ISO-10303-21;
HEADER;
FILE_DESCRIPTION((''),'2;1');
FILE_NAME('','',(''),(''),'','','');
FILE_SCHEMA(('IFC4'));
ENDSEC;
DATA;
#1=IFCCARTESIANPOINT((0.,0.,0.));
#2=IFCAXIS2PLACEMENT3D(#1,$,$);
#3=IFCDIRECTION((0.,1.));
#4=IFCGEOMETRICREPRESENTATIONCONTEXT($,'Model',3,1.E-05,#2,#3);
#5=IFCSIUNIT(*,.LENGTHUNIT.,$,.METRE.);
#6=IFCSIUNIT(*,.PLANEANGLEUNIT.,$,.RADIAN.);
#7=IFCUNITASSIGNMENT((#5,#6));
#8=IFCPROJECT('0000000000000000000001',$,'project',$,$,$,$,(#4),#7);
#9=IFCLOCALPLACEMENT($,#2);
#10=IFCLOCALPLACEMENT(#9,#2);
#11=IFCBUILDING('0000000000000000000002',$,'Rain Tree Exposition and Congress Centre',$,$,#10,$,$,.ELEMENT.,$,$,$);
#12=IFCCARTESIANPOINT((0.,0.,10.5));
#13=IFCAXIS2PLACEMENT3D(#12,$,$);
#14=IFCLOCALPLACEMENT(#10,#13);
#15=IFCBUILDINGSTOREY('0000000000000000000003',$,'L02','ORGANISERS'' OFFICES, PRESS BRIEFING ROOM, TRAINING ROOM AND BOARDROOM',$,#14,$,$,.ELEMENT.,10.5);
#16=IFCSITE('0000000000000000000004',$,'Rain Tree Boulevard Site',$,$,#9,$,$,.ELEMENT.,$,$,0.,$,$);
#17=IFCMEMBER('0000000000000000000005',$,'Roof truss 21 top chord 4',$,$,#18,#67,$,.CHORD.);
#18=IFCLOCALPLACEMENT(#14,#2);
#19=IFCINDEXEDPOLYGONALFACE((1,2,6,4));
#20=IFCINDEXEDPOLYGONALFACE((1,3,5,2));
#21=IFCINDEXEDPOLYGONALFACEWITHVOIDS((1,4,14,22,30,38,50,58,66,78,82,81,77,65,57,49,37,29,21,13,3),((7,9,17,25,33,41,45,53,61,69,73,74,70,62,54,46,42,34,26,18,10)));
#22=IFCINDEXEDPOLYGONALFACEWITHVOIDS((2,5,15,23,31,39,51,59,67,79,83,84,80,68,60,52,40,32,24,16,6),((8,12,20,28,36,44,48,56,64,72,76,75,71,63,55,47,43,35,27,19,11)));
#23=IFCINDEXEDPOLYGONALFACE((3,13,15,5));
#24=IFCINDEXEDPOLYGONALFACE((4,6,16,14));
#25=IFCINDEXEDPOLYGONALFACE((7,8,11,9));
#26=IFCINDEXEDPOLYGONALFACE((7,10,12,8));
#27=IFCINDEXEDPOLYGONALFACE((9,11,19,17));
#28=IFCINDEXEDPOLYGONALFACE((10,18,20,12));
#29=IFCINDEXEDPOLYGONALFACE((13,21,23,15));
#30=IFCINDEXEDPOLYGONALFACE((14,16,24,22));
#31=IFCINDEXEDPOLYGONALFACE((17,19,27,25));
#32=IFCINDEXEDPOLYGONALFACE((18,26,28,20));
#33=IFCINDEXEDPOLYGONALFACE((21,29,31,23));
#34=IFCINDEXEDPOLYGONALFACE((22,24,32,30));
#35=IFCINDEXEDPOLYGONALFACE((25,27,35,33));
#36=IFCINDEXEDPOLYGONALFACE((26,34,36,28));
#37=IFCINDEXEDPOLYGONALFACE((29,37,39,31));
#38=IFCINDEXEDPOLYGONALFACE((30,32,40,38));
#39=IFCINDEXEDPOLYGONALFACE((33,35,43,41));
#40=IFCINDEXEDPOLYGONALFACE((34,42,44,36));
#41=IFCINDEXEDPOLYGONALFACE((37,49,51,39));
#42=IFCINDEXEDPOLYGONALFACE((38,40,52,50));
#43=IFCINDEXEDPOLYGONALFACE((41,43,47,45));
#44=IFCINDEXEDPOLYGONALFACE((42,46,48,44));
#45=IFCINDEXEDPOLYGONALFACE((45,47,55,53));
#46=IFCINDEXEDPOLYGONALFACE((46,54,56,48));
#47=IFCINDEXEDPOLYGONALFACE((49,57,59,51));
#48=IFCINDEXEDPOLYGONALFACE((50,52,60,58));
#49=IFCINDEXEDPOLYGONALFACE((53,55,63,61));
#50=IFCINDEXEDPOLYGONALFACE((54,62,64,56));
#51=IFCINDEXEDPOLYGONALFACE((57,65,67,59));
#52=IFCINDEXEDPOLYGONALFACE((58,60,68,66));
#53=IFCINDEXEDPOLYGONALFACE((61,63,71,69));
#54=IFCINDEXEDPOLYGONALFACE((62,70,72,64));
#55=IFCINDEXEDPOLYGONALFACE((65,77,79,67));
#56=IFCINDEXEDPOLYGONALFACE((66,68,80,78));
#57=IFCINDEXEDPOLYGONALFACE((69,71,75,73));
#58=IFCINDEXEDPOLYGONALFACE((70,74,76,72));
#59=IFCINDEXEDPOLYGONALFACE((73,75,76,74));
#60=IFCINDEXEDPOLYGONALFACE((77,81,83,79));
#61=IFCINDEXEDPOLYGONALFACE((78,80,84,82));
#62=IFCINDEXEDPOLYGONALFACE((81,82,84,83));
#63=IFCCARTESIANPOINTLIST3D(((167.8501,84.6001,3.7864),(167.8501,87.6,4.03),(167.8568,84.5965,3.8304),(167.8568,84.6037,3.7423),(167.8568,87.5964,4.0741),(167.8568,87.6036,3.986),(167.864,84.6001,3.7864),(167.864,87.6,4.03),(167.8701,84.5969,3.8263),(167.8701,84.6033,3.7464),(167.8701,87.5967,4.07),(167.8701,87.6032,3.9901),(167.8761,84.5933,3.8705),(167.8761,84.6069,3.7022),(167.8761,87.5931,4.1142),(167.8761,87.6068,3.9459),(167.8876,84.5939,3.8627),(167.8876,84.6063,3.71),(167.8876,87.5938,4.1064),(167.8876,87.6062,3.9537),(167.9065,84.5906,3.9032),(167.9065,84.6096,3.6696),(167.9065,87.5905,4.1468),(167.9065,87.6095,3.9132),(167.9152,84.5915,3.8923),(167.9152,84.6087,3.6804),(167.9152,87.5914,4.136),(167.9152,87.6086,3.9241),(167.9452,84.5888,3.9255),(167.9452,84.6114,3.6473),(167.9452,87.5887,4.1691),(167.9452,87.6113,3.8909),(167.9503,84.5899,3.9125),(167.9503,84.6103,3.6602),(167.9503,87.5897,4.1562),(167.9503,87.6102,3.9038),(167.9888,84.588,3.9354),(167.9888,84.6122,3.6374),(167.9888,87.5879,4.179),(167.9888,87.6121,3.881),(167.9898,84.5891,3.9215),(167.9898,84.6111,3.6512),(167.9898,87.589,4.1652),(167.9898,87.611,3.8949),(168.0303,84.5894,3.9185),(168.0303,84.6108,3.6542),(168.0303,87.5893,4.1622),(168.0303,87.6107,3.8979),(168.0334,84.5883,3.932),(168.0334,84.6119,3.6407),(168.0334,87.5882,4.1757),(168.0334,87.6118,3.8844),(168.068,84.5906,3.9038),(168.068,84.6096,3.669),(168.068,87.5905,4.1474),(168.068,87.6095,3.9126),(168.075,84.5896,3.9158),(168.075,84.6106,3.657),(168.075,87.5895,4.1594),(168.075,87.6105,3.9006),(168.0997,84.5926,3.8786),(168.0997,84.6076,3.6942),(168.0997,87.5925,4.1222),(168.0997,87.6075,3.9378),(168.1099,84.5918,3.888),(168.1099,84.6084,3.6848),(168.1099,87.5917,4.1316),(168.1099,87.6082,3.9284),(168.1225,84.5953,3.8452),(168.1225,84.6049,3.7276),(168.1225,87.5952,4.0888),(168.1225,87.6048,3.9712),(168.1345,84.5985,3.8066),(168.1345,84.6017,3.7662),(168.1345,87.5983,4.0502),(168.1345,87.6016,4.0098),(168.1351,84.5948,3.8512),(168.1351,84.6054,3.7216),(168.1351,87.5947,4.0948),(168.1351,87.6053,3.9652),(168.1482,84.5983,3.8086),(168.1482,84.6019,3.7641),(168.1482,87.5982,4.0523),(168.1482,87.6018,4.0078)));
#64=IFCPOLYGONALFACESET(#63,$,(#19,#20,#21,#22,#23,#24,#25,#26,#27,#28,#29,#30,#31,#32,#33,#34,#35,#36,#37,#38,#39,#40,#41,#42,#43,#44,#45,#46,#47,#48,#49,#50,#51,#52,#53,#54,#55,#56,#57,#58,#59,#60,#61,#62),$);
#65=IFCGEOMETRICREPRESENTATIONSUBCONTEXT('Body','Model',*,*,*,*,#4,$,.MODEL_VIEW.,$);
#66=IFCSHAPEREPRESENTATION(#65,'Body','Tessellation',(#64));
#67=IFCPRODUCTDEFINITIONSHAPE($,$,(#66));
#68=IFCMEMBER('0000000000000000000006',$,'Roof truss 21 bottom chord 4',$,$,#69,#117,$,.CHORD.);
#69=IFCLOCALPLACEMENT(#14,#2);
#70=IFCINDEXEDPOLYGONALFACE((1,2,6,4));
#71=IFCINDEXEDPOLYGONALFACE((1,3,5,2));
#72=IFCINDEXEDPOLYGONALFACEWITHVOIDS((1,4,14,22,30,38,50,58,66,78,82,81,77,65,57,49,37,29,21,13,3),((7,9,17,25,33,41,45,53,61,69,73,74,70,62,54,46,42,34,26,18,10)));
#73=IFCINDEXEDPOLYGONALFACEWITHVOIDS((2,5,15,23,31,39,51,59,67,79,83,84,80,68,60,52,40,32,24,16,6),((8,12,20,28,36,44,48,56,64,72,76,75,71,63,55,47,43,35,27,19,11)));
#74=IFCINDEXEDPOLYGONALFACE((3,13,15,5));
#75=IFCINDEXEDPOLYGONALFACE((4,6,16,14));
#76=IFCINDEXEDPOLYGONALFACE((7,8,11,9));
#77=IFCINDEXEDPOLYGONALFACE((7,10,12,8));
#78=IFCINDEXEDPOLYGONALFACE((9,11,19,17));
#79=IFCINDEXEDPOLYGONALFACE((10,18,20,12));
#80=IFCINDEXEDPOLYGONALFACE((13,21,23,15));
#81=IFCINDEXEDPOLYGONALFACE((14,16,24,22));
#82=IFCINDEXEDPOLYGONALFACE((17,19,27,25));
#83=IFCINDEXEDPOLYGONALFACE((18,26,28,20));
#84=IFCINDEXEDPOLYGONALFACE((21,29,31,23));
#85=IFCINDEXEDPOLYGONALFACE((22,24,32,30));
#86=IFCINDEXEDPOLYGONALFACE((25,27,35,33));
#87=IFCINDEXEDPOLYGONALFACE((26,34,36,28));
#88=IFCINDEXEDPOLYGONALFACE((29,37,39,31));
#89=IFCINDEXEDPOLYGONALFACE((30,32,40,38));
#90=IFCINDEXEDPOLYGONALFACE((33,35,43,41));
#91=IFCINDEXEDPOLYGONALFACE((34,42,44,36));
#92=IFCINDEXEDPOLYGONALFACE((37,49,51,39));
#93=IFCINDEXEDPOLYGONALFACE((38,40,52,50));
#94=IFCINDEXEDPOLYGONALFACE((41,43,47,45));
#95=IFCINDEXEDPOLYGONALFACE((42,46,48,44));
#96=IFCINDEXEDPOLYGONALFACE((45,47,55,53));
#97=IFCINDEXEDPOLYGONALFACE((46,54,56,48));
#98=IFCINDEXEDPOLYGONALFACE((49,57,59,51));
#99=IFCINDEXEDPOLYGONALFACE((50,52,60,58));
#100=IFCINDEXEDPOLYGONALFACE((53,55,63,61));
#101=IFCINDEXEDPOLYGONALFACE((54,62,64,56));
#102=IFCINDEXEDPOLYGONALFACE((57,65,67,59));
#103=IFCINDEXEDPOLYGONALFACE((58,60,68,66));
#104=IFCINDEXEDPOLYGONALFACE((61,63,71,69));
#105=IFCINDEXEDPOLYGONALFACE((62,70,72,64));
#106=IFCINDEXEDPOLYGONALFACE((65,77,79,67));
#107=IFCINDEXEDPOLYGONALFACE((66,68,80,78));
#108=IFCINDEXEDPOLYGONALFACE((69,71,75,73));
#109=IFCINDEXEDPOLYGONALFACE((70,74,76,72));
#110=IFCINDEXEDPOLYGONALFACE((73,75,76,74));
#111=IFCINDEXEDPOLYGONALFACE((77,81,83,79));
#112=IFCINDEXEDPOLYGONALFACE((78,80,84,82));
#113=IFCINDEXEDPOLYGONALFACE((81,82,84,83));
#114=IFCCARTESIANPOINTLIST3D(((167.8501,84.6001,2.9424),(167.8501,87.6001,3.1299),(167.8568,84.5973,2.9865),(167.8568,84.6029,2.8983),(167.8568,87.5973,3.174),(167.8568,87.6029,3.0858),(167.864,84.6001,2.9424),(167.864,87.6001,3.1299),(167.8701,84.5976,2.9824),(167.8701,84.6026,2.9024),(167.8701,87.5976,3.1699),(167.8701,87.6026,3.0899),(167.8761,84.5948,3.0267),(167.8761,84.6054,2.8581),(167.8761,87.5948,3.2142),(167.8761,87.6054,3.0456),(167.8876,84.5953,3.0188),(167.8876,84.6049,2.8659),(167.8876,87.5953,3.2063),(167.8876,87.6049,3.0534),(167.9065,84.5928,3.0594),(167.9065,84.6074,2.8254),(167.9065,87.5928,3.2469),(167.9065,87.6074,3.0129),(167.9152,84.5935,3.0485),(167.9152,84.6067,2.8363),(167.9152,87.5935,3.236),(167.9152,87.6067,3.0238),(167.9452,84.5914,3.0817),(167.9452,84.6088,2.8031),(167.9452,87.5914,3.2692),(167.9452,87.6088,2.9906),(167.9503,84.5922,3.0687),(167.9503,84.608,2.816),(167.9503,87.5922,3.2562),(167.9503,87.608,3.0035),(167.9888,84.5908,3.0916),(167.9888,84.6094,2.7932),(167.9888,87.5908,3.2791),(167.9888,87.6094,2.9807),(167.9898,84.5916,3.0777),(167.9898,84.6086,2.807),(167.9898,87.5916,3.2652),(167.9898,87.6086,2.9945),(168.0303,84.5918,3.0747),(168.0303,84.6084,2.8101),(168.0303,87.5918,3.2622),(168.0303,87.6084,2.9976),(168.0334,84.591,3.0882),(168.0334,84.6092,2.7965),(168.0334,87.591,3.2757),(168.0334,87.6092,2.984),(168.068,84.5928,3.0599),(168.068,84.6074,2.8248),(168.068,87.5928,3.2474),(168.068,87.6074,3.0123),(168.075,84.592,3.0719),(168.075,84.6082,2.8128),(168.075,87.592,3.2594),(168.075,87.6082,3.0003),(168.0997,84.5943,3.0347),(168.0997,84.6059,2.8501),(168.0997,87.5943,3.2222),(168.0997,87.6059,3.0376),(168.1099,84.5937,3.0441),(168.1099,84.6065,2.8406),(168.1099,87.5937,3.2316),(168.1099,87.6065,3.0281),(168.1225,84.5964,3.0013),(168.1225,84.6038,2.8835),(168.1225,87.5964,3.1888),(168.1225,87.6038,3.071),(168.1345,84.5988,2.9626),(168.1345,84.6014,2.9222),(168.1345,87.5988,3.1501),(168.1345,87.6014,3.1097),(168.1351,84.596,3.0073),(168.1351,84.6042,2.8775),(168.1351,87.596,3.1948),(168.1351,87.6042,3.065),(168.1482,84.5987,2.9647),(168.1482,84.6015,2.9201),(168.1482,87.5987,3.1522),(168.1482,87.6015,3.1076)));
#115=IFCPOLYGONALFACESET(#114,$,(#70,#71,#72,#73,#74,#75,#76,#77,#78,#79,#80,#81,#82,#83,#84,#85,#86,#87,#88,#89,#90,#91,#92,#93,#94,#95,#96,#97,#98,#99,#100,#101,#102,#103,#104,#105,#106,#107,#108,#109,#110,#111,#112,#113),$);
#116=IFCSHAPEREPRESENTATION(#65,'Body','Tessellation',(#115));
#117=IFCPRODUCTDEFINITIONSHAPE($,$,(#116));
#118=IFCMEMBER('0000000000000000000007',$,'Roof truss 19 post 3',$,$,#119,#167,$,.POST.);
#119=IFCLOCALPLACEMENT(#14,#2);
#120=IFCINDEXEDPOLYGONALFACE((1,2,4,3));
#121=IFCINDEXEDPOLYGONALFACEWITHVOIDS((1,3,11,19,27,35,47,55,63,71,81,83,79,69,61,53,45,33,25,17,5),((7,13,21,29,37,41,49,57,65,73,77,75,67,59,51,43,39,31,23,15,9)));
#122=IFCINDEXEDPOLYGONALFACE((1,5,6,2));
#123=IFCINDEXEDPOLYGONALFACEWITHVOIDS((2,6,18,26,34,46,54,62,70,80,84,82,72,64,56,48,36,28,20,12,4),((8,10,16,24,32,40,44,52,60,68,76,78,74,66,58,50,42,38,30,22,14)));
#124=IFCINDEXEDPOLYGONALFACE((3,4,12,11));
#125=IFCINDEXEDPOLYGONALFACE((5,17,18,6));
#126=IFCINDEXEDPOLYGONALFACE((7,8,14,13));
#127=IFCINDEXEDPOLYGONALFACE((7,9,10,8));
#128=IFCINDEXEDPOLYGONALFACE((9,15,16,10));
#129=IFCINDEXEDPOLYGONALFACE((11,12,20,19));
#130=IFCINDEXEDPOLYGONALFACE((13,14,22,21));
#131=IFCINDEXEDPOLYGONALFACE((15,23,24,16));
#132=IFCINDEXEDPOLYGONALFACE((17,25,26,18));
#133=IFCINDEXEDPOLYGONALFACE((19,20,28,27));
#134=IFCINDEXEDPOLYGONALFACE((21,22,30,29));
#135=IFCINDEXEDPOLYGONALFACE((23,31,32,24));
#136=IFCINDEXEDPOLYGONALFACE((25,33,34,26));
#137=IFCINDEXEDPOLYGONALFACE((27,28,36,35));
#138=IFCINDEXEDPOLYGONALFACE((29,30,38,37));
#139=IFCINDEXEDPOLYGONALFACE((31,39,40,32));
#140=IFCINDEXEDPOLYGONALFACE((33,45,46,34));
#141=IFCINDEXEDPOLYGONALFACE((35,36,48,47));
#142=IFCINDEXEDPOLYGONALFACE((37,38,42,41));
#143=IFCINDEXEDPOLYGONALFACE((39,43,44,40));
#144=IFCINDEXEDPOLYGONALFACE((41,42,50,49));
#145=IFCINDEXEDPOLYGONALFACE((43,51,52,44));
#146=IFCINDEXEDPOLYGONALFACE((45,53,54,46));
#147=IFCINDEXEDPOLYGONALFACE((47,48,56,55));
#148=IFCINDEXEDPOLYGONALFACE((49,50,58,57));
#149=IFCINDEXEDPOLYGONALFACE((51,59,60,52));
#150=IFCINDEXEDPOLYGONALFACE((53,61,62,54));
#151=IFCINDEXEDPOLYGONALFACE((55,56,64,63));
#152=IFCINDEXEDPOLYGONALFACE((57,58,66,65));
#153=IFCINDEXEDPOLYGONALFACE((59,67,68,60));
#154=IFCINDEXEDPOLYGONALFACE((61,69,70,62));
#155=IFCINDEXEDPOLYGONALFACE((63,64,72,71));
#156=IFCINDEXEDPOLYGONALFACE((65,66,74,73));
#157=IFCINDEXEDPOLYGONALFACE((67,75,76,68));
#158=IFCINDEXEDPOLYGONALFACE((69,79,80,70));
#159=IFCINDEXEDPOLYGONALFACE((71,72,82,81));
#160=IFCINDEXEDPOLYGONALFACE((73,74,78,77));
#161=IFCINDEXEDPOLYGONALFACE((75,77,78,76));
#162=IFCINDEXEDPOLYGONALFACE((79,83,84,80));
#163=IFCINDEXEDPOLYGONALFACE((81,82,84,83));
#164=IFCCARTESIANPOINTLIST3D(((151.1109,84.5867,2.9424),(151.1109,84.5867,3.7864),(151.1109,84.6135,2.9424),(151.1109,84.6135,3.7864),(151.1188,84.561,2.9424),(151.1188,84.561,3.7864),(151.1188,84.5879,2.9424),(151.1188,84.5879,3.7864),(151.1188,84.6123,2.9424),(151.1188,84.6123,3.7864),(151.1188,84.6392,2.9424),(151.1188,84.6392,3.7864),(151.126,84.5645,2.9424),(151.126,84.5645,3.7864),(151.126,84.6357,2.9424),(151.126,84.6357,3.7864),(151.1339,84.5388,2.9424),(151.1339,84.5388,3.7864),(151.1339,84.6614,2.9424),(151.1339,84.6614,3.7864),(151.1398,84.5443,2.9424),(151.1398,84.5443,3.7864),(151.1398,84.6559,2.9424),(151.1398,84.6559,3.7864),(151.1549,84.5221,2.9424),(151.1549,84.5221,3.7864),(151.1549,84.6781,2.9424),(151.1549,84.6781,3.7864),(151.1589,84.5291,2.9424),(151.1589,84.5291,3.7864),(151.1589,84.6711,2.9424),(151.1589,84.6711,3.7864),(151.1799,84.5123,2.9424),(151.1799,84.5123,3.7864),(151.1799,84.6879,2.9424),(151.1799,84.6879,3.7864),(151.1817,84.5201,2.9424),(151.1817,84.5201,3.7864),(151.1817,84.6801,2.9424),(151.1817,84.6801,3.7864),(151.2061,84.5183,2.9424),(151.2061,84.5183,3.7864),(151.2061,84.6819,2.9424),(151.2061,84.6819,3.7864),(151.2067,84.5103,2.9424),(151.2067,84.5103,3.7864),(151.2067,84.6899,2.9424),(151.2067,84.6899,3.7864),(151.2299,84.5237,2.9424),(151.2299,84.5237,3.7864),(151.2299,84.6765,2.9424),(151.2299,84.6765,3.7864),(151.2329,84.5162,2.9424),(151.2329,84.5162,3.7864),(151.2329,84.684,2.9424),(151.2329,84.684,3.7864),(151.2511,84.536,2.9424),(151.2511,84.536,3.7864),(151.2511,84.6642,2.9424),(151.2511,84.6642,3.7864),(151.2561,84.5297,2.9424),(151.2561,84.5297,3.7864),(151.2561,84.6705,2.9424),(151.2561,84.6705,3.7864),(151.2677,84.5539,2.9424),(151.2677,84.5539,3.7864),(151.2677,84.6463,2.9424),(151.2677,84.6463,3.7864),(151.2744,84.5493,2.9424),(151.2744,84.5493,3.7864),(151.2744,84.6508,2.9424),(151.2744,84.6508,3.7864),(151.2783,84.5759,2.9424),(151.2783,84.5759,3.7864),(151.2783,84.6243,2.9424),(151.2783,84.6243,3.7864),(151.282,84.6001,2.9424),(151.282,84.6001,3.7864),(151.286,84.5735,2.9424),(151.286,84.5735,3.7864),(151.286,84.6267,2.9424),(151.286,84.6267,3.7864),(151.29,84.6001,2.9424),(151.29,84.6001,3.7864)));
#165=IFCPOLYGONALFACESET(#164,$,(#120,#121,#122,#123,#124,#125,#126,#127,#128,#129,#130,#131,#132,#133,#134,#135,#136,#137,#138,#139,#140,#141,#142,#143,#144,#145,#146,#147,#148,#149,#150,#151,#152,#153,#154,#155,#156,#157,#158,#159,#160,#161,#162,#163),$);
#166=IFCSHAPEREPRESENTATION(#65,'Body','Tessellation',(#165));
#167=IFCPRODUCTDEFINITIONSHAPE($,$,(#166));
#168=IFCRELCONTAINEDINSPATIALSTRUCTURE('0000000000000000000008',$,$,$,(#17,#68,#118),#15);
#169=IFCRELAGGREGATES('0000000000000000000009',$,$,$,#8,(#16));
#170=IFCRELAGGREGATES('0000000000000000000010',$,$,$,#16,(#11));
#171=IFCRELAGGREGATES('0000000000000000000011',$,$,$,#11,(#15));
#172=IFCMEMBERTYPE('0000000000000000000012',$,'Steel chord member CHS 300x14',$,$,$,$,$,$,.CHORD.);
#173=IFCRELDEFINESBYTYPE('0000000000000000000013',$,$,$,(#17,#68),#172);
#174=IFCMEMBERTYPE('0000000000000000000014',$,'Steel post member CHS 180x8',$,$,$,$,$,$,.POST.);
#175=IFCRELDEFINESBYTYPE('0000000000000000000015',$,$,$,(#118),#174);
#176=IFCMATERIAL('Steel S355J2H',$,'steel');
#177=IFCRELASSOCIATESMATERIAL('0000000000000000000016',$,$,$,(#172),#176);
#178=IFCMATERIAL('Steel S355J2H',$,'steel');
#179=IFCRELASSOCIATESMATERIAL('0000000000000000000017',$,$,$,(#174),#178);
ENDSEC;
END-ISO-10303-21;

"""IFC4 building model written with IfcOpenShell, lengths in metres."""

from ifc_helpers import new_model, si_unit, direction, frame, origin, origin_2d, place, context, subcontext, project, spatial, hollow_circle, extrude, material, material_profile, profile_set, type_object, element, save


model = new_model("IFC4")

# Units and contexts
model_context = context("Model", 3, precision=1e-05, world=origin(), true_north=direction((0.0, 1.0)))
body_context = subcontext(model_context, "Body", "Model", "MODEL_VIEW")
ifc_project = project(units=[si_unit("LENGTHUNIT", "METRE"), si_unit("PLANEANGLEUNIT", "RADIAN")], contexts=[model_context])

# Site, building, storey
site_placement = place(None, origin())
site = spatial("IfcSite", under=ifc_project, at=site_placement, Name="Rain Tree Boulevard Site", CompositionType="ELEMENT", RefElevation=0.0)
building_placement = place(site_placement, origin())
building = spatial("IfcBuilding", under=site, at=building_placement, Name="Rain Tree Exposition and Congress Centre", CompositionType="ELEMENT")
storey_placement = place(building_placement, frame((0.0, 0.0, 10.5)))
storey = spatial("IfcBuildingStorey", under=building, at=storey_placement, Name="L02", Description="ORGANISERS' OFFICES, PRESS BRIEFING ROOM, TRAINING ROOM AND BOARDROOM", CompositionType="ELEMENT", Elevation=10.5)

# Members
ifc_material_1 = material(Name="Steel S355J2H", Category="steel")
ifc_material_profile_1 = material_profile(ifc_material_1, hollow_circle(Radius=0.1499, WallThickness=0.0139, at=origin_2d()), Name="CHS 300x14")
ifc_profile_set_1 = profile_set([ifc_material_profile_1], Name="Steel S355J2H")
member_type_1 = type_object("IfcMemberType", Name="Steel chord member CHS 300x14", PredefinedType="CHORD", material=ifc_profile_set_1)
member_1_placement = place(storey_placement, frame((168.0, 84.6001, 3.7864), z_axis=(0.0, 0.996718, 0.080951), x_axis=(-1.0, 0.0, 0.0)))
element("IfcMember", 1, at=member_1_placement, inside=storey, type_object=member_type_1, Name="Roof truss 21 top chord 4", PredefinedType="CHORD", context=body_context, shape_type="SweptSolid", body=[
    extrude(hollow_circle(Radius=0.1499, WallThickness=0.0139, at=origin_2d()), origin(), (0.0, 0.0, 1.0), 3.0098),
])
member_2_placement = place(storey_placement, frame((168.0, 84.6001, 2.9424), z_axis=(0.0, 0.998053, 0.062378), x_axis=(-1.0, 0.0, 0.0)))
element("IfcMember", 2, at=member_2_placement, inside=storey, type_object=member_type_1, Name="Roof truss 21 bottom chord 4", PredefinedType="CHORD", context=body_context, shape_type="SweptSolid", body=[
    extrude(hollow_circle(Radius=0.1499, WallThickness=0.0139, at=origin_2d()), origin(), (0.0, 0.0, 1.0), 3.0059),
])
ifc_material_2 = material(Name="Steel S355J2H", Category="steel")
ifc_material_profile_2 = material_profile(ifc_material_2, hollow_circle(Radius=0.0901, WallThickness=0.0081, at=origin_2d()), Name="CHS 180x8")
ifc_profile_set_2 = profile_set([ifc_material_profile_2], Name="Steel S355J2H")
member_type_2 = type_object("IfcMemberType", Name="Steel post member CHS 180x8", PredefinedType="POST", material=ifc_profile_set_2)
member_3_placement = place(storey_placement, frame((151.2, 84.6001, 2.9424), z_axis=(0.0, 0.0, 1.0), x_axis=(1.0, 0.0, 0.0)))
element("IfcMember", 3, at=member_3_placement, inside=storey, type_object=member_type_2, Name="Roof truss 19 post 3", PredefinedType="POST", context=body_context, shape_type="SweptSolid", body=[
    extrude(hollow_circle(Radius=0.0901, WallThickness=0.0081, at=origin_2d()), origin(), (0.0, 0.0, 1.0), 0.844),
])

save(model, "model.ifc")
